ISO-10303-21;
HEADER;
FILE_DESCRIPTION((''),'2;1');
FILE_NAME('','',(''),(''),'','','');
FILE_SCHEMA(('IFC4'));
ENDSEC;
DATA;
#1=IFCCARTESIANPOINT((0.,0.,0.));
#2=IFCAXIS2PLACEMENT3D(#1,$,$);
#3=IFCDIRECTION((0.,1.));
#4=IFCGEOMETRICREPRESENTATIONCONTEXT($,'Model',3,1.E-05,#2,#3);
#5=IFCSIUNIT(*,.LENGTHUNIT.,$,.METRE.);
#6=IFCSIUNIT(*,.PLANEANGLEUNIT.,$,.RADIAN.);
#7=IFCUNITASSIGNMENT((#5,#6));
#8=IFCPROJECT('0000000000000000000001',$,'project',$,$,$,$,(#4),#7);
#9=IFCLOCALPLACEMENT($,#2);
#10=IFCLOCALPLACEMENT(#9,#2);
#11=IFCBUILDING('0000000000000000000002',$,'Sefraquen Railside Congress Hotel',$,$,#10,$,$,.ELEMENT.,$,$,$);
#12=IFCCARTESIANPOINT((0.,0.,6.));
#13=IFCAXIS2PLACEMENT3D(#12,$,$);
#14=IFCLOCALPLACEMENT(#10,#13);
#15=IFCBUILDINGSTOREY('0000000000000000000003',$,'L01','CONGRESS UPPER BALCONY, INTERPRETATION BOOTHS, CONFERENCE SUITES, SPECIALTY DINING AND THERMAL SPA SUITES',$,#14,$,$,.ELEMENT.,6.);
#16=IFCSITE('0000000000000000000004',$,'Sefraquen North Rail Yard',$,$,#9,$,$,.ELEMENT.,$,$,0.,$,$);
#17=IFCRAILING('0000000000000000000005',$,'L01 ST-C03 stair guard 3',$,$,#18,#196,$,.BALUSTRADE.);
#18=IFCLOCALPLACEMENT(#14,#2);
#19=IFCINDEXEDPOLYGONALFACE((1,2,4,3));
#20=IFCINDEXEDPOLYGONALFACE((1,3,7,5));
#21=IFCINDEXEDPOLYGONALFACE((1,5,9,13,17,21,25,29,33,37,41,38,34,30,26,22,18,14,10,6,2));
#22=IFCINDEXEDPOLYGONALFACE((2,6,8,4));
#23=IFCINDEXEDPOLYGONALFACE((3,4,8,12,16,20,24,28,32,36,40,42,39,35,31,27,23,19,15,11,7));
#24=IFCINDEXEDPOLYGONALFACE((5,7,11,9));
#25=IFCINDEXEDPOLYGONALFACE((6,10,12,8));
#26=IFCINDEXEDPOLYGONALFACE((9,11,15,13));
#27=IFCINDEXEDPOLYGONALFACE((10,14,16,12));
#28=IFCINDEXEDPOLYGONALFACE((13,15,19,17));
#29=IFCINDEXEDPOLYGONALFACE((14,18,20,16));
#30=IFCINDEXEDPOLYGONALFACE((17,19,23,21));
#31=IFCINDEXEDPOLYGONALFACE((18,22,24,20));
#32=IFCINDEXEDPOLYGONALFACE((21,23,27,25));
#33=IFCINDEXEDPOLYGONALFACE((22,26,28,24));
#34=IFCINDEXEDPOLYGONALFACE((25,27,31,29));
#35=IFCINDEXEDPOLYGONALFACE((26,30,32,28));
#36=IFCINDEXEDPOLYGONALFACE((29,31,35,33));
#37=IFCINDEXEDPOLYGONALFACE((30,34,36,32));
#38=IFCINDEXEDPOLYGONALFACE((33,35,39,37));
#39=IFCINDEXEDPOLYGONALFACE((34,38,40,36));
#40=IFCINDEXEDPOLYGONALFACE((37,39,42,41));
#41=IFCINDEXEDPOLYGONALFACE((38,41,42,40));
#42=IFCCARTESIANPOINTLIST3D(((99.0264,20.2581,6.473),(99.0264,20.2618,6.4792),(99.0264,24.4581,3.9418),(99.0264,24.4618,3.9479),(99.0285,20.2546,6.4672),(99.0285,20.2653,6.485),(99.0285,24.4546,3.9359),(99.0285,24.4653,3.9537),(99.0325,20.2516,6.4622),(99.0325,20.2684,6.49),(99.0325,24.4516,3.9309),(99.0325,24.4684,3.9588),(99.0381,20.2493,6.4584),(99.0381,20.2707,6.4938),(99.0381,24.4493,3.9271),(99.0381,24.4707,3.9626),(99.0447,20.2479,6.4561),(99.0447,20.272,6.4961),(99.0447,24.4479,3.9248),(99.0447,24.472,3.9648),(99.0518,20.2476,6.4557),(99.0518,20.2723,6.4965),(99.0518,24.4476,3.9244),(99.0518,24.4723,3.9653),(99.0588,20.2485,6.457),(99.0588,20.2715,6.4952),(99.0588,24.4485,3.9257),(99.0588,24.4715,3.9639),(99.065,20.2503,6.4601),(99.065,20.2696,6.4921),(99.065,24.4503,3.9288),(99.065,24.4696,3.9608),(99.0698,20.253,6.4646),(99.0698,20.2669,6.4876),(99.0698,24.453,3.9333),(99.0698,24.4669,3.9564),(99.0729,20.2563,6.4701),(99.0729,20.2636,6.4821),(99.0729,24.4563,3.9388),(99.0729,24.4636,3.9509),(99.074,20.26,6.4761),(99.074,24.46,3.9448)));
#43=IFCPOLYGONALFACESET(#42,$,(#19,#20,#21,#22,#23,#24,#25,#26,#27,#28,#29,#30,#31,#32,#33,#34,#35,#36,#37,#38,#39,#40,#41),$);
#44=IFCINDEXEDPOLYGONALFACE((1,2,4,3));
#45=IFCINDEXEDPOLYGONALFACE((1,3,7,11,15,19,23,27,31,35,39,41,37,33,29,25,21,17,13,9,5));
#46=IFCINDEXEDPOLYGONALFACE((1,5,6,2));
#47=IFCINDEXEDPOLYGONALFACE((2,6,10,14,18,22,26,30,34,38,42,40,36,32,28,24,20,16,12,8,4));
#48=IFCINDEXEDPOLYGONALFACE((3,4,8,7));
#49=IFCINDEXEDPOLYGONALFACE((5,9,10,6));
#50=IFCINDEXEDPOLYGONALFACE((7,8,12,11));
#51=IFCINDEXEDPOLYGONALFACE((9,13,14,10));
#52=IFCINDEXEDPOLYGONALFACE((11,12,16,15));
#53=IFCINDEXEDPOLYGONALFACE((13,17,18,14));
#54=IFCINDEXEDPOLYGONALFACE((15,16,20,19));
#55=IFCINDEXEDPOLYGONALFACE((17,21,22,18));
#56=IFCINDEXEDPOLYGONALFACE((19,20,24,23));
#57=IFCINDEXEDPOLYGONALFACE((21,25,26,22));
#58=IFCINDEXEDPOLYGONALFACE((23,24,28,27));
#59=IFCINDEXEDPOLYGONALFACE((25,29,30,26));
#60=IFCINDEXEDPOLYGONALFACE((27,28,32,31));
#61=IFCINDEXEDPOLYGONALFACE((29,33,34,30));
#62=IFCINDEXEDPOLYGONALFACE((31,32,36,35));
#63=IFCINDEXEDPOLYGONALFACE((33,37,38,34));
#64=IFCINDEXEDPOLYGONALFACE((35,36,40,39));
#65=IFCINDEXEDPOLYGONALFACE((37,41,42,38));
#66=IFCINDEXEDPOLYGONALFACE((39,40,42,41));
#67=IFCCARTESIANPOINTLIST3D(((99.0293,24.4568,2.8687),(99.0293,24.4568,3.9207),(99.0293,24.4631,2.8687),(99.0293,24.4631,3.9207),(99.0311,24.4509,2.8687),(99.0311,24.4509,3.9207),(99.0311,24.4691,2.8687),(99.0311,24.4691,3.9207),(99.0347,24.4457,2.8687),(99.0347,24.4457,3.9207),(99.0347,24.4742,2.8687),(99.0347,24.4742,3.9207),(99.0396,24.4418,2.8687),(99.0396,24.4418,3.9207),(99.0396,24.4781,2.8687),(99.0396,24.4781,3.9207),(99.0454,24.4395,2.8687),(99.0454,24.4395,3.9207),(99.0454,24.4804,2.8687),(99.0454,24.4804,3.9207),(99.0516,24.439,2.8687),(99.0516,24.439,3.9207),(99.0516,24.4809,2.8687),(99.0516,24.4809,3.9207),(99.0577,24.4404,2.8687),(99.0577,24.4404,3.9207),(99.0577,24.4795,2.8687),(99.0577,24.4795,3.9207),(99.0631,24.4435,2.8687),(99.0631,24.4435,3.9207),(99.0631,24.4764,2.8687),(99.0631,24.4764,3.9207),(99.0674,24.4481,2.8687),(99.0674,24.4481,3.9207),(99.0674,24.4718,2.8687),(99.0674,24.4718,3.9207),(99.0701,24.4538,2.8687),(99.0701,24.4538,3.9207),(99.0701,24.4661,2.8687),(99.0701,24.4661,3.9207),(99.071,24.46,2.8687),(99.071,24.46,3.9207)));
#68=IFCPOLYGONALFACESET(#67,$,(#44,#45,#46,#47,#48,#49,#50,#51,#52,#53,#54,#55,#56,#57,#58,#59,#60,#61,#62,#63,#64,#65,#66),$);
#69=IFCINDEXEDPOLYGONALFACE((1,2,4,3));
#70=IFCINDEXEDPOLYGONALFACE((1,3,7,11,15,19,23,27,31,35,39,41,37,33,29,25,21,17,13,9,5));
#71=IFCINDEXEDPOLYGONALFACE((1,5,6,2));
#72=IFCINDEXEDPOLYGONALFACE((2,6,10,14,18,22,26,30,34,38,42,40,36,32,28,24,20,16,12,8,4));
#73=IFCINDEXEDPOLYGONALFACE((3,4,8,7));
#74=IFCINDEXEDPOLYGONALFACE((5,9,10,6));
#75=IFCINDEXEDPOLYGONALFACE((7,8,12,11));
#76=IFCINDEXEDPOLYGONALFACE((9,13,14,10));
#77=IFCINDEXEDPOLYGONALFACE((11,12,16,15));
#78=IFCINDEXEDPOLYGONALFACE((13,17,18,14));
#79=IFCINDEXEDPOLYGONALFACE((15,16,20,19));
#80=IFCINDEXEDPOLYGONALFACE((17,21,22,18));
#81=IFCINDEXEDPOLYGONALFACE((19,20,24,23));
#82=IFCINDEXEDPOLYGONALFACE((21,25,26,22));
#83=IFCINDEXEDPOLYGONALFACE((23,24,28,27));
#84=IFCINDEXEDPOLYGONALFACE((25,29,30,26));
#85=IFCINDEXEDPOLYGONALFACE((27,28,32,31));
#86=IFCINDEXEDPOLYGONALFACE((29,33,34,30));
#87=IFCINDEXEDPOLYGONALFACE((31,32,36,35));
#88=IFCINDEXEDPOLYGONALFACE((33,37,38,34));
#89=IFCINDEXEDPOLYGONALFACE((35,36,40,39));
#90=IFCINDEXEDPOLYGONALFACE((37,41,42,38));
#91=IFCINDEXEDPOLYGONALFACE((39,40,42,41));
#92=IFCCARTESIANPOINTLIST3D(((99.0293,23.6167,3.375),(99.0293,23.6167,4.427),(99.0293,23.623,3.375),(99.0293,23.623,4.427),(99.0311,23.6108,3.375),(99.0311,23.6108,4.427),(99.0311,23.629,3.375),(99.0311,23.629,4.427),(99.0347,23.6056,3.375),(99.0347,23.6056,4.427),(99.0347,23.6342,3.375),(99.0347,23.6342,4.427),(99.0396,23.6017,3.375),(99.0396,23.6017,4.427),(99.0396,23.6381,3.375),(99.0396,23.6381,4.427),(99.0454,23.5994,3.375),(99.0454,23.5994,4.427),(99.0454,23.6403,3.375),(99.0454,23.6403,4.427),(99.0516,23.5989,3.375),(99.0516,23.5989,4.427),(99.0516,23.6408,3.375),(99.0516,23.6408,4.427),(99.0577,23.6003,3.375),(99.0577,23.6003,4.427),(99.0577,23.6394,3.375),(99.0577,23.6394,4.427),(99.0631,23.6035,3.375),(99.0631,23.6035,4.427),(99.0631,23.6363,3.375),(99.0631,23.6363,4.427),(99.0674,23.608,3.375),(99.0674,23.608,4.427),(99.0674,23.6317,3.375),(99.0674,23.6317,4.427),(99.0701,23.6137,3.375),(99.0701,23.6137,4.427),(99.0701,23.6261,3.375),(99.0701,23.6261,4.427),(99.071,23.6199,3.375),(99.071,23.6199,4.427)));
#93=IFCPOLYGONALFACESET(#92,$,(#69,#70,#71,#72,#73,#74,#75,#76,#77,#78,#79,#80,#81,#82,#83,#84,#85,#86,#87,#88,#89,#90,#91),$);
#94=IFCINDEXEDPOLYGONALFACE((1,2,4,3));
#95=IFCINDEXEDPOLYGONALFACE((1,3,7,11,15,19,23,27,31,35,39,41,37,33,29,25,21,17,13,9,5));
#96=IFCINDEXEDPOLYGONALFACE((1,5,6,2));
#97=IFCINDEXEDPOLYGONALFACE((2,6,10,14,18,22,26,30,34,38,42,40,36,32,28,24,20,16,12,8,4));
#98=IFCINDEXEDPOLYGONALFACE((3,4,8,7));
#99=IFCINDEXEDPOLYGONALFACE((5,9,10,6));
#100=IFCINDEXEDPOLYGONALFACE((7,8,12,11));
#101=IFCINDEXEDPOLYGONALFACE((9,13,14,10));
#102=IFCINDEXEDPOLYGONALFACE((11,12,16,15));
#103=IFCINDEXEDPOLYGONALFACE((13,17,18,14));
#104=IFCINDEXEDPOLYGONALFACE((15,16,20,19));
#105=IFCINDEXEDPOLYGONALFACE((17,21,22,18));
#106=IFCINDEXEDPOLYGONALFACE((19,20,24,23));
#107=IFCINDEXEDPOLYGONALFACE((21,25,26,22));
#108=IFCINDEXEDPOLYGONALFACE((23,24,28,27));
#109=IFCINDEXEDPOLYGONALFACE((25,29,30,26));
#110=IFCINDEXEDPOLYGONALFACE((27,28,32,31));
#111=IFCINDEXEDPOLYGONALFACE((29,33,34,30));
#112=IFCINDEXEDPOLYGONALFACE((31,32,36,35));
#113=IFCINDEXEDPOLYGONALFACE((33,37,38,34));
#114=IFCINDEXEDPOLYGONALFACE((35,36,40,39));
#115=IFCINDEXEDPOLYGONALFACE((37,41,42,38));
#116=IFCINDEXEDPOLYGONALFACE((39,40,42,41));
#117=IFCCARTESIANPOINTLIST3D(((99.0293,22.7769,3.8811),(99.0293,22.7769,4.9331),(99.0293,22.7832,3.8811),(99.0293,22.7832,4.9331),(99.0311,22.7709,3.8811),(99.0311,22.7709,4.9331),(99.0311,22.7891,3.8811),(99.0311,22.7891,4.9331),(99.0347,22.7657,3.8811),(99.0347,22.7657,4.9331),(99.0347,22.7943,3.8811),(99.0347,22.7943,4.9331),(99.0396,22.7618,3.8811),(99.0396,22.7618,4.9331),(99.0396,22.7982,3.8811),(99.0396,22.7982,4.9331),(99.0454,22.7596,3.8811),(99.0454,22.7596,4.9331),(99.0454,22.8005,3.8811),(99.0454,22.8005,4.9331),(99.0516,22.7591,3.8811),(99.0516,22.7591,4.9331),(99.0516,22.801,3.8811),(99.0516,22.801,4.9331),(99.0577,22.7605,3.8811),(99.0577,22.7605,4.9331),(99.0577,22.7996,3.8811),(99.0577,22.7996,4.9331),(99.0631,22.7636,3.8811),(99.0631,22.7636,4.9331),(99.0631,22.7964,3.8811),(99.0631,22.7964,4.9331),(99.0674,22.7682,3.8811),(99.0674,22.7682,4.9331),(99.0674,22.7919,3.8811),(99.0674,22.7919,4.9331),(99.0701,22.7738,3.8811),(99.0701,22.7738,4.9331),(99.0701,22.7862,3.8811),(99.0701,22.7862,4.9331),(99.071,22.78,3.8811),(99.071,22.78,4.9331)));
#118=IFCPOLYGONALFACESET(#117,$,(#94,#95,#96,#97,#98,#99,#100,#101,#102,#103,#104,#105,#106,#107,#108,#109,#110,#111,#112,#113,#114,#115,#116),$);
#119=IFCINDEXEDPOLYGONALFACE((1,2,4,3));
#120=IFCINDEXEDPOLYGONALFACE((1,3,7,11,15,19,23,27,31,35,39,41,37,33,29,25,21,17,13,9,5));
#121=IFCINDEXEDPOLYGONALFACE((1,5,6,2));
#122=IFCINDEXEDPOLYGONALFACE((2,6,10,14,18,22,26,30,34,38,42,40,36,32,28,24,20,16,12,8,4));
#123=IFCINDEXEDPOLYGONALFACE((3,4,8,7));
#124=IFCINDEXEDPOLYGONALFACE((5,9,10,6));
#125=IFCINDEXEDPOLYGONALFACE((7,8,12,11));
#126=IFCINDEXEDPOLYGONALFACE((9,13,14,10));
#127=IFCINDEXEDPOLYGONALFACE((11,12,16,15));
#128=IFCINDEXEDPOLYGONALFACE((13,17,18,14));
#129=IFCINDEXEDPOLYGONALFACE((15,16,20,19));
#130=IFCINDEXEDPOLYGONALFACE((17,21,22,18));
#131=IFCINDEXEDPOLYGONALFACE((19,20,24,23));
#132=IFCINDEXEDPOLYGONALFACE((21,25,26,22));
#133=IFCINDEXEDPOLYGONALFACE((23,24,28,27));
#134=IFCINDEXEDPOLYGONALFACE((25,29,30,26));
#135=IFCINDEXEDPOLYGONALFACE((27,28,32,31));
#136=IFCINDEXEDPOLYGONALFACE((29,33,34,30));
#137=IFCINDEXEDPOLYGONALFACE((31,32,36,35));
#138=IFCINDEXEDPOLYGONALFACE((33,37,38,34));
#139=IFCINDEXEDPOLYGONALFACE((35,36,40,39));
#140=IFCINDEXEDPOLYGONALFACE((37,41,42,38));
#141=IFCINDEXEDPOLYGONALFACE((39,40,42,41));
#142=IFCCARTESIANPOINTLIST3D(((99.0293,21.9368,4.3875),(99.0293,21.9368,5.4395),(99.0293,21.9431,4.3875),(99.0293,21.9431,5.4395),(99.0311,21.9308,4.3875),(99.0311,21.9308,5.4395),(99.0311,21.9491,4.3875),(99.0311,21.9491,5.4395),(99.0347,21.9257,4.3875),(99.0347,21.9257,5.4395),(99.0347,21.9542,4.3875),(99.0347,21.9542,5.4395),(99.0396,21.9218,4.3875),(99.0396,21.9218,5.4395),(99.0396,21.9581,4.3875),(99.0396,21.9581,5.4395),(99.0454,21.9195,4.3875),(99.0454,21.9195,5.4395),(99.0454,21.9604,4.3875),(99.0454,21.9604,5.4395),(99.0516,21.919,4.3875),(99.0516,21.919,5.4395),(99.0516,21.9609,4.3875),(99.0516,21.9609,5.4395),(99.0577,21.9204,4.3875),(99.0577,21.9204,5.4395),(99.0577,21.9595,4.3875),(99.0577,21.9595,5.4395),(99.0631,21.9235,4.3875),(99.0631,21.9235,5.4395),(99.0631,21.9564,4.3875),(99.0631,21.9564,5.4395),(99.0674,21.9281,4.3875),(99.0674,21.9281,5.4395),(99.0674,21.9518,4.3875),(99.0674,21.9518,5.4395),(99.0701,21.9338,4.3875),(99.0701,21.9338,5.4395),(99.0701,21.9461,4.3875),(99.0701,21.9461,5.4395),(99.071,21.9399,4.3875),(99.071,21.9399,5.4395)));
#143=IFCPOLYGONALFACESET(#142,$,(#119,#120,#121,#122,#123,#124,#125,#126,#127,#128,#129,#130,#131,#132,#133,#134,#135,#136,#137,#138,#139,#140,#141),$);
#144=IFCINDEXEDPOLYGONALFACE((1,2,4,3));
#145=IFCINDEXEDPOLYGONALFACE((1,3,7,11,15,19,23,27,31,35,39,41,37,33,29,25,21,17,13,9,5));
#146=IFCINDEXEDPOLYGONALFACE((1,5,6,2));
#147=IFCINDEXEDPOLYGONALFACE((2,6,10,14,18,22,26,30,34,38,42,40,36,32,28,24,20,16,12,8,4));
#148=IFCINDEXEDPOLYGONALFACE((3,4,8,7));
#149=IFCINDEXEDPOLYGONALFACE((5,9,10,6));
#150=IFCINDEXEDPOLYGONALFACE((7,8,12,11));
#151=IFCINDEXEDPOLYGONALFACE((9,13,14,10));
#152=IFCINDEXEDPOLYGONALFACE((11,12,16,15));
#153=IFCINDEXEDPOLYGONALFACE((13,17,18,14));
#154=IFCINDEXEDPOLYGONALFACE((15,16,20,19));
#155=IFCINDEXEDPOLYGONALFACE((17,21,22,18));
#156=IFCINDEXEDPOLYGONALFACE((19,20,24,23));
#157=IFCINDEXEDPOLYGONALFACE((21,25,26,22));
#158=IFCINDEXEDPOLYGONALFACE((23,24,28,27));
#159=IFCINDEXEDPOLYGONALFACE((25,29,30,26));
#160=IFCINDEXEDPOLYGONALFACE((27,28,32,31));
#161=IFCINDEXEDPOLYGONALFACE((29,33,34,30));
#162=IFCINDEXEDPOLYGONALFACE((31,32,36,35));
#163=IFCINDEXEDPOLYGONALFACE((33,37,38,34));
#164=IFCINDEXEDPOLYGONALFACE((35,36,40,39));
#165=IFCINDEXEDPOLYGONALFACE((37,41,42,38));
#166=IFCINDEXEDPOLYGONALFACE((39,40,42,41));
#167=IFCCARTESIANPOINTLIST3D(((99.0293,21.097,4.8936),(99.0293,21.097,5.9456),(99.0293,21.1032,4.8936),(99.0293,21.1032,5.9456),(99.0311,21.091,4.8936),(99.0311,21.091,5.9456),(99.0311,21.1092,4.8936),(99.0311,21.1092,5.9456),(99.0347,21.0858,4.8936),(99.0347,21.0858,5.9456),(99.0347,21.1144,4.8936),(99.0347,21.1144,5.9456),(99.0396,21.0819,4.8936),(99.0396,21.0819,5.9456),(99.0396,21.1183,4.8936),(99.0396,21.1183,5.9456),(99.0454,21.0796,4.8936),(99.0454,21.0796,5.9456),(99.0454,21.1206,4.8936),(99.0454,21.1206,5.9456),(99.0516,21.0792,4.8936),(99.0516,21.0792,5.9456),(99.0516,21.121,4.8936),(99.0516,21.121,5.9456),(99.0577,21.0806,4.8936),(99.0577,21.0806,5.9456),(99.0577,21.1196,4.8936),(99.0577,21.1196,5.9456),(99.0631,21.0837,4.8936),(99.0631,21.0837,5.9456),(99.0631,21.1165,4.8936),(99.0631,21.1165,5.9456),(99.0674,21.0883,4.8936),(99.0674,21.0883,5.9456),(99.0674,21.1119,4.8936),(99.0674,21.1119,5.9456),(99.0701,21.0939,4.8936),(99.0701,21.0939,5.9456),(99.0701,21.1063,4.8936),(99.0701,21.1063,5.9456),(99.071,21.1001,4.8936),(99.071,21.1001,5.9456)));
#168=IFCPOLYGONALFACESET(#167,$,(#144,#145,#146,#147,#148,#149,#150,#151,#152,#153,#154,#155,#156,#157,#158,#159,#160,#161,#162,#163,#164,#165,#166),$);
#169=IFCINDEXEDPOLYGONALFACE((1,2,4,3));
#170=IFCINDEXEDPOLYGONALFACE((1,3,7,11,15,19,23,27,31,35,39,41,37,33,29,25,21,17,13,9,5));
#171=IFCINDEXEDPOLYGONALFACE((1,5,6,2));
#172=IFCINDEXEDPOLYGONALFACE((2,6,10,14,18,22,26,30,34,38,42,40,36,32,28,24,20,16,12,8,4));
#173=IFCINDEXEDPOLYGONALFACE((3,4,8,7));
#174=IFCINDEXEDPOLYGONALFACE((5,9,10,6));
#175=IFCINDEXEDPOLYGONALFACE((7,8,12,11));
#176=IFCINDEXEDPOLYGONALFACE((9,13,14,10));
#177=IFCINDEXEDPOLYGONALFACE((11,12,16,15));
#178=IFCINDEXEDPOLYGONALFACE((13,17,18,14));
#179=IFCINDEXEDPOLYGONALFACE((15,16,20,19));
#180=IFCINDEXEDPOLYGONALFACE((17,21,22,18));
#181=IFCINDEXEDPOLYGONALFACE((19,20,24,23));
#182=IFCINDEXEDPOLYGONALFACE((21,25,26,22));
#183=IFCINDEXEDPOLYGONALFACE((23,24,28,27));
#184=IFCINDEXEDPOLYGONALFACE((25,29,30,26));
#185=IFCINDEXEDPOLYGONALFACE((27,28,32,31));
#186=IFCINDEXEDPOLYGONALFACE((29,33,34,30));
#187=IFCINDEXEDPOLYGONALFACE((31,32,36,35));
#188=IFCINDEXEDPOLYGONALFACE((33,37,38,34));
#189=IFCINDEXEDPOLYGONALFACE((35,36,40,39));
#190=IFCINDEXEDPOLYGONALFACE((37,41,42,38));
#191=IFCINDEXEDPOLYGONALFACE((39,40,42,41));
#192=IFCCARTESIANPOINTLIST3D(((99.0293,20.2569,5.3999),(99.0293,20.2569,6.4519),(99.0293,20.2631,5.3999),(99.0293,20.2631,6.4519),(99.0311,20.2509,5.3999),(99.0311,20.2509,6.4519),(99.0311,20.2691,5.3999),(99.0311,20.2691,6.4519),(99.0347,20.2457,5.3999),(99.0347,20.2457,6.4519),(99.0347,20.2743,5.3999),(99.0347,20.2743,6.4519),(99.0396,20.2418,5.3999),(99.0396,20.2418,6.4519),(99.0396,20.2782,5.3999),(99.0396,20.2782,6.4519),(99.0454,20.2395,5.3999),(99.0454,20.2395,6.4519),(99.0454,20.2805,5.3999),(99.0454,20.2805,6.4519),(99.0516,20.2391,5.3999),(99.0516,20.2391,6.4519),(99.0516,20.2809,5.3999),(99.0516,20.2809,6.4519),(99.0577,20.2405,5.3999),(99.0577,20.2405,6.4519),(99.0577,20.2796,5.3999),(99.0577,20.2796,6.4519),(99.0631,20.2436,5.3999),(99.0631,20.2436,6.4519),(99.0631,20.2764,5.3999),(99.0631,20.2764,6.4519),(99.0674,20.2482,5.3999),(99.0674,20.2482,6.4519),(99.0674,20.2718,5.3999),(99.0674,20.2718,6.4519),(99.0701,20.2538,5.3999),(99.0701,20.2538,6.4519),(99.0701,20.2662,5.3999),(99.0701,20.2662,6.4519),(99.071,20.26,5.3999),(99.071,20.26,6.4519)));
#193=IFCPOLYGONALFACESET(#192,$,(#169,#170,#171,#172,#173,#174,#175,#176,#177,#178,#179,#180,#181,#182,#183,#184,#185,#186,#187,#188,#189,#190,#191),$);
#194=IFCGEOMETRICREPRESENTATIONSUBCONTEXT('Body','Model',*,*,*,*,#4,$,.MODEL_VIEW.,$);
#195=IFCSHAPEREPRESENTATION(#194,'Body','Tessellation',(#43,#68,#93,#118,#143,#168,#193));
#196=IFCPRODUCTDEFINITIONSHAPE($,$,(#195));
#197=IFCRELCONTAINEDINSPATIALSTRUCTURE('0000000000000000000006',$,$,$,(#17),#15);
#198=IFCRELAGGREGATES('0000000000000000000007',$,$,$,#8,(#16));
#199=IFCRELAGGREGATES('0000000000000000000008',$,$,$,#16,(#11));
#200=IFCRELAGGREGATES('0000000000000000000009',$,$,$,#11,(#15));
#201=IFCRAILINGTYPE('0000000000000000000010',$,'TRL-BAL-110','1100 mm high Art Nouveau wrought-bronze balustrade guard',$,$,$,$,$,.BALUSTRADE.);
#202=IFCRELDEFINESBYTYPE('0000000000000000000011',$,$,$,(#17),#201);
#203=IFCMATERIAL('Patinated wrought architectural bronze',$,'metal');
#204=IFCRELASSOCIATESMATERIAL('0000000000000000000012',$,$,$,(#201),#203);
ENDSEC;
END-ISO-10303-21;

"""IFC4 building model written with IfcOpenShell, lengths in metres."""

from ifc_helpers import new_model, si_unit, direction, frame, origin, origin_2d, place, context, subcontext, project, spatial, circle, extrude, material, type_object, element, save


model = new_model("IFC4")

# Units and contexts
model_context = context("Model", 3, precision=1e-05, world=origin(), true_north=direction((0.0, 1.0)))
body_context = subcontext(model_context, "Body", "Model", "MODEL_VIEW")
ifc_project = project(units=[si_unit("LENGTHUNIT", "METRE"), si_unit("PLANEANGLEUNIT", "RADIAN")], contexts=[model_context])

# Site, building, storey
site_placement = place(None, origin())
site = spatial("IfcSite", under=ifc_project, at=site_placement, Name="Sefraquen North Rail Yard", CompositionType="ELEMENT", RefElevation=0.0)
building_placement = place(site_placement, origin())
building = spatial("IfcBuilding", under=site, at=building_placement, Name="Sefraquen Railside Congress Hotel", CompositionType="ELEMENT")
storey_placement = place(building_placement, frame((0.0, 0.0, 6.0)))
storey = spatial("IfcBuildingStorey", under=building, at=storey_placement, Name="L01", Description="CONGRESS UPPER BALCONY, INTERPRETATION BOOTHS, CONFERENCE SUITES, SPECIALTY DINING AND THERMAL SPA SUITES", CompositionType="ELEMENT", Elevation=6.0)

# Railing
ifc_material_1 = material(Name="Patinated wrought architectural bronze", Category="metal")
railing_type_1 = type_object("IfcRailingType", Name="TRL-BAL-110", Description="1100 mm high Art Nouveau wrought-bronze balustrade guard", PredefinedType="BALUSTRADE", material=ifc_material_1)
railing_1_placement = place(storey_placement, frame((99.05, 24.46, 2.8687)))
element("IfcRailing", 1, at=railing_1_placement, inside=storey, type_object=railing_type_1, Name="L01 ST-C03 stair guard 3", PredefinedType="BALUSTRADE", context=body_context, shape_type="SweptSolid", body=[
    extrude(circle(Radius=0.0239, at=origin_2d()), frame((0.0, 0.0, 1.0762), z_axis=(0.0, -0.856476, 0.516186), x_axis=(1.0, 0.0, 0.0)), (0.0, 0.0, 1.0), 4.9038),
    extrude(circle(Radius=0.021, at=origin_2d()), origin(), (0.0, 0.0, 1.0), 1.052),
    extrude(circle(Radius=0.021, at=origin_2d()), frame((0.0, -0.8401, 0.5063)), (0.0, 0.0, 1.0), 1.052),
    extrude(circle(Radius=0.021, at=origin_2d()), frame((0.0, -1.6799, 1.0125)), (0.0, 0.0, 1.0), 1.052),
    extrude(circle(Radius=0.021, at=origin_2d()), frame((0.0, -2.52, 1.5188)), (0.0, 0.0, 1.0), 1.052),
    extrude(circle(Radius=0.021, at=origin_2d()), frame((0.0, -3.3599, 2.0249)), (0.0, 0.0, 1.0), 1.052),
    extrude(circle(Radius=0.021, at=origin_2d()), frame((0.0, -4.2, 2.5312)), (0.0, 0.0, 1.0), 1.052),
])

save(model, "model.ifc")
